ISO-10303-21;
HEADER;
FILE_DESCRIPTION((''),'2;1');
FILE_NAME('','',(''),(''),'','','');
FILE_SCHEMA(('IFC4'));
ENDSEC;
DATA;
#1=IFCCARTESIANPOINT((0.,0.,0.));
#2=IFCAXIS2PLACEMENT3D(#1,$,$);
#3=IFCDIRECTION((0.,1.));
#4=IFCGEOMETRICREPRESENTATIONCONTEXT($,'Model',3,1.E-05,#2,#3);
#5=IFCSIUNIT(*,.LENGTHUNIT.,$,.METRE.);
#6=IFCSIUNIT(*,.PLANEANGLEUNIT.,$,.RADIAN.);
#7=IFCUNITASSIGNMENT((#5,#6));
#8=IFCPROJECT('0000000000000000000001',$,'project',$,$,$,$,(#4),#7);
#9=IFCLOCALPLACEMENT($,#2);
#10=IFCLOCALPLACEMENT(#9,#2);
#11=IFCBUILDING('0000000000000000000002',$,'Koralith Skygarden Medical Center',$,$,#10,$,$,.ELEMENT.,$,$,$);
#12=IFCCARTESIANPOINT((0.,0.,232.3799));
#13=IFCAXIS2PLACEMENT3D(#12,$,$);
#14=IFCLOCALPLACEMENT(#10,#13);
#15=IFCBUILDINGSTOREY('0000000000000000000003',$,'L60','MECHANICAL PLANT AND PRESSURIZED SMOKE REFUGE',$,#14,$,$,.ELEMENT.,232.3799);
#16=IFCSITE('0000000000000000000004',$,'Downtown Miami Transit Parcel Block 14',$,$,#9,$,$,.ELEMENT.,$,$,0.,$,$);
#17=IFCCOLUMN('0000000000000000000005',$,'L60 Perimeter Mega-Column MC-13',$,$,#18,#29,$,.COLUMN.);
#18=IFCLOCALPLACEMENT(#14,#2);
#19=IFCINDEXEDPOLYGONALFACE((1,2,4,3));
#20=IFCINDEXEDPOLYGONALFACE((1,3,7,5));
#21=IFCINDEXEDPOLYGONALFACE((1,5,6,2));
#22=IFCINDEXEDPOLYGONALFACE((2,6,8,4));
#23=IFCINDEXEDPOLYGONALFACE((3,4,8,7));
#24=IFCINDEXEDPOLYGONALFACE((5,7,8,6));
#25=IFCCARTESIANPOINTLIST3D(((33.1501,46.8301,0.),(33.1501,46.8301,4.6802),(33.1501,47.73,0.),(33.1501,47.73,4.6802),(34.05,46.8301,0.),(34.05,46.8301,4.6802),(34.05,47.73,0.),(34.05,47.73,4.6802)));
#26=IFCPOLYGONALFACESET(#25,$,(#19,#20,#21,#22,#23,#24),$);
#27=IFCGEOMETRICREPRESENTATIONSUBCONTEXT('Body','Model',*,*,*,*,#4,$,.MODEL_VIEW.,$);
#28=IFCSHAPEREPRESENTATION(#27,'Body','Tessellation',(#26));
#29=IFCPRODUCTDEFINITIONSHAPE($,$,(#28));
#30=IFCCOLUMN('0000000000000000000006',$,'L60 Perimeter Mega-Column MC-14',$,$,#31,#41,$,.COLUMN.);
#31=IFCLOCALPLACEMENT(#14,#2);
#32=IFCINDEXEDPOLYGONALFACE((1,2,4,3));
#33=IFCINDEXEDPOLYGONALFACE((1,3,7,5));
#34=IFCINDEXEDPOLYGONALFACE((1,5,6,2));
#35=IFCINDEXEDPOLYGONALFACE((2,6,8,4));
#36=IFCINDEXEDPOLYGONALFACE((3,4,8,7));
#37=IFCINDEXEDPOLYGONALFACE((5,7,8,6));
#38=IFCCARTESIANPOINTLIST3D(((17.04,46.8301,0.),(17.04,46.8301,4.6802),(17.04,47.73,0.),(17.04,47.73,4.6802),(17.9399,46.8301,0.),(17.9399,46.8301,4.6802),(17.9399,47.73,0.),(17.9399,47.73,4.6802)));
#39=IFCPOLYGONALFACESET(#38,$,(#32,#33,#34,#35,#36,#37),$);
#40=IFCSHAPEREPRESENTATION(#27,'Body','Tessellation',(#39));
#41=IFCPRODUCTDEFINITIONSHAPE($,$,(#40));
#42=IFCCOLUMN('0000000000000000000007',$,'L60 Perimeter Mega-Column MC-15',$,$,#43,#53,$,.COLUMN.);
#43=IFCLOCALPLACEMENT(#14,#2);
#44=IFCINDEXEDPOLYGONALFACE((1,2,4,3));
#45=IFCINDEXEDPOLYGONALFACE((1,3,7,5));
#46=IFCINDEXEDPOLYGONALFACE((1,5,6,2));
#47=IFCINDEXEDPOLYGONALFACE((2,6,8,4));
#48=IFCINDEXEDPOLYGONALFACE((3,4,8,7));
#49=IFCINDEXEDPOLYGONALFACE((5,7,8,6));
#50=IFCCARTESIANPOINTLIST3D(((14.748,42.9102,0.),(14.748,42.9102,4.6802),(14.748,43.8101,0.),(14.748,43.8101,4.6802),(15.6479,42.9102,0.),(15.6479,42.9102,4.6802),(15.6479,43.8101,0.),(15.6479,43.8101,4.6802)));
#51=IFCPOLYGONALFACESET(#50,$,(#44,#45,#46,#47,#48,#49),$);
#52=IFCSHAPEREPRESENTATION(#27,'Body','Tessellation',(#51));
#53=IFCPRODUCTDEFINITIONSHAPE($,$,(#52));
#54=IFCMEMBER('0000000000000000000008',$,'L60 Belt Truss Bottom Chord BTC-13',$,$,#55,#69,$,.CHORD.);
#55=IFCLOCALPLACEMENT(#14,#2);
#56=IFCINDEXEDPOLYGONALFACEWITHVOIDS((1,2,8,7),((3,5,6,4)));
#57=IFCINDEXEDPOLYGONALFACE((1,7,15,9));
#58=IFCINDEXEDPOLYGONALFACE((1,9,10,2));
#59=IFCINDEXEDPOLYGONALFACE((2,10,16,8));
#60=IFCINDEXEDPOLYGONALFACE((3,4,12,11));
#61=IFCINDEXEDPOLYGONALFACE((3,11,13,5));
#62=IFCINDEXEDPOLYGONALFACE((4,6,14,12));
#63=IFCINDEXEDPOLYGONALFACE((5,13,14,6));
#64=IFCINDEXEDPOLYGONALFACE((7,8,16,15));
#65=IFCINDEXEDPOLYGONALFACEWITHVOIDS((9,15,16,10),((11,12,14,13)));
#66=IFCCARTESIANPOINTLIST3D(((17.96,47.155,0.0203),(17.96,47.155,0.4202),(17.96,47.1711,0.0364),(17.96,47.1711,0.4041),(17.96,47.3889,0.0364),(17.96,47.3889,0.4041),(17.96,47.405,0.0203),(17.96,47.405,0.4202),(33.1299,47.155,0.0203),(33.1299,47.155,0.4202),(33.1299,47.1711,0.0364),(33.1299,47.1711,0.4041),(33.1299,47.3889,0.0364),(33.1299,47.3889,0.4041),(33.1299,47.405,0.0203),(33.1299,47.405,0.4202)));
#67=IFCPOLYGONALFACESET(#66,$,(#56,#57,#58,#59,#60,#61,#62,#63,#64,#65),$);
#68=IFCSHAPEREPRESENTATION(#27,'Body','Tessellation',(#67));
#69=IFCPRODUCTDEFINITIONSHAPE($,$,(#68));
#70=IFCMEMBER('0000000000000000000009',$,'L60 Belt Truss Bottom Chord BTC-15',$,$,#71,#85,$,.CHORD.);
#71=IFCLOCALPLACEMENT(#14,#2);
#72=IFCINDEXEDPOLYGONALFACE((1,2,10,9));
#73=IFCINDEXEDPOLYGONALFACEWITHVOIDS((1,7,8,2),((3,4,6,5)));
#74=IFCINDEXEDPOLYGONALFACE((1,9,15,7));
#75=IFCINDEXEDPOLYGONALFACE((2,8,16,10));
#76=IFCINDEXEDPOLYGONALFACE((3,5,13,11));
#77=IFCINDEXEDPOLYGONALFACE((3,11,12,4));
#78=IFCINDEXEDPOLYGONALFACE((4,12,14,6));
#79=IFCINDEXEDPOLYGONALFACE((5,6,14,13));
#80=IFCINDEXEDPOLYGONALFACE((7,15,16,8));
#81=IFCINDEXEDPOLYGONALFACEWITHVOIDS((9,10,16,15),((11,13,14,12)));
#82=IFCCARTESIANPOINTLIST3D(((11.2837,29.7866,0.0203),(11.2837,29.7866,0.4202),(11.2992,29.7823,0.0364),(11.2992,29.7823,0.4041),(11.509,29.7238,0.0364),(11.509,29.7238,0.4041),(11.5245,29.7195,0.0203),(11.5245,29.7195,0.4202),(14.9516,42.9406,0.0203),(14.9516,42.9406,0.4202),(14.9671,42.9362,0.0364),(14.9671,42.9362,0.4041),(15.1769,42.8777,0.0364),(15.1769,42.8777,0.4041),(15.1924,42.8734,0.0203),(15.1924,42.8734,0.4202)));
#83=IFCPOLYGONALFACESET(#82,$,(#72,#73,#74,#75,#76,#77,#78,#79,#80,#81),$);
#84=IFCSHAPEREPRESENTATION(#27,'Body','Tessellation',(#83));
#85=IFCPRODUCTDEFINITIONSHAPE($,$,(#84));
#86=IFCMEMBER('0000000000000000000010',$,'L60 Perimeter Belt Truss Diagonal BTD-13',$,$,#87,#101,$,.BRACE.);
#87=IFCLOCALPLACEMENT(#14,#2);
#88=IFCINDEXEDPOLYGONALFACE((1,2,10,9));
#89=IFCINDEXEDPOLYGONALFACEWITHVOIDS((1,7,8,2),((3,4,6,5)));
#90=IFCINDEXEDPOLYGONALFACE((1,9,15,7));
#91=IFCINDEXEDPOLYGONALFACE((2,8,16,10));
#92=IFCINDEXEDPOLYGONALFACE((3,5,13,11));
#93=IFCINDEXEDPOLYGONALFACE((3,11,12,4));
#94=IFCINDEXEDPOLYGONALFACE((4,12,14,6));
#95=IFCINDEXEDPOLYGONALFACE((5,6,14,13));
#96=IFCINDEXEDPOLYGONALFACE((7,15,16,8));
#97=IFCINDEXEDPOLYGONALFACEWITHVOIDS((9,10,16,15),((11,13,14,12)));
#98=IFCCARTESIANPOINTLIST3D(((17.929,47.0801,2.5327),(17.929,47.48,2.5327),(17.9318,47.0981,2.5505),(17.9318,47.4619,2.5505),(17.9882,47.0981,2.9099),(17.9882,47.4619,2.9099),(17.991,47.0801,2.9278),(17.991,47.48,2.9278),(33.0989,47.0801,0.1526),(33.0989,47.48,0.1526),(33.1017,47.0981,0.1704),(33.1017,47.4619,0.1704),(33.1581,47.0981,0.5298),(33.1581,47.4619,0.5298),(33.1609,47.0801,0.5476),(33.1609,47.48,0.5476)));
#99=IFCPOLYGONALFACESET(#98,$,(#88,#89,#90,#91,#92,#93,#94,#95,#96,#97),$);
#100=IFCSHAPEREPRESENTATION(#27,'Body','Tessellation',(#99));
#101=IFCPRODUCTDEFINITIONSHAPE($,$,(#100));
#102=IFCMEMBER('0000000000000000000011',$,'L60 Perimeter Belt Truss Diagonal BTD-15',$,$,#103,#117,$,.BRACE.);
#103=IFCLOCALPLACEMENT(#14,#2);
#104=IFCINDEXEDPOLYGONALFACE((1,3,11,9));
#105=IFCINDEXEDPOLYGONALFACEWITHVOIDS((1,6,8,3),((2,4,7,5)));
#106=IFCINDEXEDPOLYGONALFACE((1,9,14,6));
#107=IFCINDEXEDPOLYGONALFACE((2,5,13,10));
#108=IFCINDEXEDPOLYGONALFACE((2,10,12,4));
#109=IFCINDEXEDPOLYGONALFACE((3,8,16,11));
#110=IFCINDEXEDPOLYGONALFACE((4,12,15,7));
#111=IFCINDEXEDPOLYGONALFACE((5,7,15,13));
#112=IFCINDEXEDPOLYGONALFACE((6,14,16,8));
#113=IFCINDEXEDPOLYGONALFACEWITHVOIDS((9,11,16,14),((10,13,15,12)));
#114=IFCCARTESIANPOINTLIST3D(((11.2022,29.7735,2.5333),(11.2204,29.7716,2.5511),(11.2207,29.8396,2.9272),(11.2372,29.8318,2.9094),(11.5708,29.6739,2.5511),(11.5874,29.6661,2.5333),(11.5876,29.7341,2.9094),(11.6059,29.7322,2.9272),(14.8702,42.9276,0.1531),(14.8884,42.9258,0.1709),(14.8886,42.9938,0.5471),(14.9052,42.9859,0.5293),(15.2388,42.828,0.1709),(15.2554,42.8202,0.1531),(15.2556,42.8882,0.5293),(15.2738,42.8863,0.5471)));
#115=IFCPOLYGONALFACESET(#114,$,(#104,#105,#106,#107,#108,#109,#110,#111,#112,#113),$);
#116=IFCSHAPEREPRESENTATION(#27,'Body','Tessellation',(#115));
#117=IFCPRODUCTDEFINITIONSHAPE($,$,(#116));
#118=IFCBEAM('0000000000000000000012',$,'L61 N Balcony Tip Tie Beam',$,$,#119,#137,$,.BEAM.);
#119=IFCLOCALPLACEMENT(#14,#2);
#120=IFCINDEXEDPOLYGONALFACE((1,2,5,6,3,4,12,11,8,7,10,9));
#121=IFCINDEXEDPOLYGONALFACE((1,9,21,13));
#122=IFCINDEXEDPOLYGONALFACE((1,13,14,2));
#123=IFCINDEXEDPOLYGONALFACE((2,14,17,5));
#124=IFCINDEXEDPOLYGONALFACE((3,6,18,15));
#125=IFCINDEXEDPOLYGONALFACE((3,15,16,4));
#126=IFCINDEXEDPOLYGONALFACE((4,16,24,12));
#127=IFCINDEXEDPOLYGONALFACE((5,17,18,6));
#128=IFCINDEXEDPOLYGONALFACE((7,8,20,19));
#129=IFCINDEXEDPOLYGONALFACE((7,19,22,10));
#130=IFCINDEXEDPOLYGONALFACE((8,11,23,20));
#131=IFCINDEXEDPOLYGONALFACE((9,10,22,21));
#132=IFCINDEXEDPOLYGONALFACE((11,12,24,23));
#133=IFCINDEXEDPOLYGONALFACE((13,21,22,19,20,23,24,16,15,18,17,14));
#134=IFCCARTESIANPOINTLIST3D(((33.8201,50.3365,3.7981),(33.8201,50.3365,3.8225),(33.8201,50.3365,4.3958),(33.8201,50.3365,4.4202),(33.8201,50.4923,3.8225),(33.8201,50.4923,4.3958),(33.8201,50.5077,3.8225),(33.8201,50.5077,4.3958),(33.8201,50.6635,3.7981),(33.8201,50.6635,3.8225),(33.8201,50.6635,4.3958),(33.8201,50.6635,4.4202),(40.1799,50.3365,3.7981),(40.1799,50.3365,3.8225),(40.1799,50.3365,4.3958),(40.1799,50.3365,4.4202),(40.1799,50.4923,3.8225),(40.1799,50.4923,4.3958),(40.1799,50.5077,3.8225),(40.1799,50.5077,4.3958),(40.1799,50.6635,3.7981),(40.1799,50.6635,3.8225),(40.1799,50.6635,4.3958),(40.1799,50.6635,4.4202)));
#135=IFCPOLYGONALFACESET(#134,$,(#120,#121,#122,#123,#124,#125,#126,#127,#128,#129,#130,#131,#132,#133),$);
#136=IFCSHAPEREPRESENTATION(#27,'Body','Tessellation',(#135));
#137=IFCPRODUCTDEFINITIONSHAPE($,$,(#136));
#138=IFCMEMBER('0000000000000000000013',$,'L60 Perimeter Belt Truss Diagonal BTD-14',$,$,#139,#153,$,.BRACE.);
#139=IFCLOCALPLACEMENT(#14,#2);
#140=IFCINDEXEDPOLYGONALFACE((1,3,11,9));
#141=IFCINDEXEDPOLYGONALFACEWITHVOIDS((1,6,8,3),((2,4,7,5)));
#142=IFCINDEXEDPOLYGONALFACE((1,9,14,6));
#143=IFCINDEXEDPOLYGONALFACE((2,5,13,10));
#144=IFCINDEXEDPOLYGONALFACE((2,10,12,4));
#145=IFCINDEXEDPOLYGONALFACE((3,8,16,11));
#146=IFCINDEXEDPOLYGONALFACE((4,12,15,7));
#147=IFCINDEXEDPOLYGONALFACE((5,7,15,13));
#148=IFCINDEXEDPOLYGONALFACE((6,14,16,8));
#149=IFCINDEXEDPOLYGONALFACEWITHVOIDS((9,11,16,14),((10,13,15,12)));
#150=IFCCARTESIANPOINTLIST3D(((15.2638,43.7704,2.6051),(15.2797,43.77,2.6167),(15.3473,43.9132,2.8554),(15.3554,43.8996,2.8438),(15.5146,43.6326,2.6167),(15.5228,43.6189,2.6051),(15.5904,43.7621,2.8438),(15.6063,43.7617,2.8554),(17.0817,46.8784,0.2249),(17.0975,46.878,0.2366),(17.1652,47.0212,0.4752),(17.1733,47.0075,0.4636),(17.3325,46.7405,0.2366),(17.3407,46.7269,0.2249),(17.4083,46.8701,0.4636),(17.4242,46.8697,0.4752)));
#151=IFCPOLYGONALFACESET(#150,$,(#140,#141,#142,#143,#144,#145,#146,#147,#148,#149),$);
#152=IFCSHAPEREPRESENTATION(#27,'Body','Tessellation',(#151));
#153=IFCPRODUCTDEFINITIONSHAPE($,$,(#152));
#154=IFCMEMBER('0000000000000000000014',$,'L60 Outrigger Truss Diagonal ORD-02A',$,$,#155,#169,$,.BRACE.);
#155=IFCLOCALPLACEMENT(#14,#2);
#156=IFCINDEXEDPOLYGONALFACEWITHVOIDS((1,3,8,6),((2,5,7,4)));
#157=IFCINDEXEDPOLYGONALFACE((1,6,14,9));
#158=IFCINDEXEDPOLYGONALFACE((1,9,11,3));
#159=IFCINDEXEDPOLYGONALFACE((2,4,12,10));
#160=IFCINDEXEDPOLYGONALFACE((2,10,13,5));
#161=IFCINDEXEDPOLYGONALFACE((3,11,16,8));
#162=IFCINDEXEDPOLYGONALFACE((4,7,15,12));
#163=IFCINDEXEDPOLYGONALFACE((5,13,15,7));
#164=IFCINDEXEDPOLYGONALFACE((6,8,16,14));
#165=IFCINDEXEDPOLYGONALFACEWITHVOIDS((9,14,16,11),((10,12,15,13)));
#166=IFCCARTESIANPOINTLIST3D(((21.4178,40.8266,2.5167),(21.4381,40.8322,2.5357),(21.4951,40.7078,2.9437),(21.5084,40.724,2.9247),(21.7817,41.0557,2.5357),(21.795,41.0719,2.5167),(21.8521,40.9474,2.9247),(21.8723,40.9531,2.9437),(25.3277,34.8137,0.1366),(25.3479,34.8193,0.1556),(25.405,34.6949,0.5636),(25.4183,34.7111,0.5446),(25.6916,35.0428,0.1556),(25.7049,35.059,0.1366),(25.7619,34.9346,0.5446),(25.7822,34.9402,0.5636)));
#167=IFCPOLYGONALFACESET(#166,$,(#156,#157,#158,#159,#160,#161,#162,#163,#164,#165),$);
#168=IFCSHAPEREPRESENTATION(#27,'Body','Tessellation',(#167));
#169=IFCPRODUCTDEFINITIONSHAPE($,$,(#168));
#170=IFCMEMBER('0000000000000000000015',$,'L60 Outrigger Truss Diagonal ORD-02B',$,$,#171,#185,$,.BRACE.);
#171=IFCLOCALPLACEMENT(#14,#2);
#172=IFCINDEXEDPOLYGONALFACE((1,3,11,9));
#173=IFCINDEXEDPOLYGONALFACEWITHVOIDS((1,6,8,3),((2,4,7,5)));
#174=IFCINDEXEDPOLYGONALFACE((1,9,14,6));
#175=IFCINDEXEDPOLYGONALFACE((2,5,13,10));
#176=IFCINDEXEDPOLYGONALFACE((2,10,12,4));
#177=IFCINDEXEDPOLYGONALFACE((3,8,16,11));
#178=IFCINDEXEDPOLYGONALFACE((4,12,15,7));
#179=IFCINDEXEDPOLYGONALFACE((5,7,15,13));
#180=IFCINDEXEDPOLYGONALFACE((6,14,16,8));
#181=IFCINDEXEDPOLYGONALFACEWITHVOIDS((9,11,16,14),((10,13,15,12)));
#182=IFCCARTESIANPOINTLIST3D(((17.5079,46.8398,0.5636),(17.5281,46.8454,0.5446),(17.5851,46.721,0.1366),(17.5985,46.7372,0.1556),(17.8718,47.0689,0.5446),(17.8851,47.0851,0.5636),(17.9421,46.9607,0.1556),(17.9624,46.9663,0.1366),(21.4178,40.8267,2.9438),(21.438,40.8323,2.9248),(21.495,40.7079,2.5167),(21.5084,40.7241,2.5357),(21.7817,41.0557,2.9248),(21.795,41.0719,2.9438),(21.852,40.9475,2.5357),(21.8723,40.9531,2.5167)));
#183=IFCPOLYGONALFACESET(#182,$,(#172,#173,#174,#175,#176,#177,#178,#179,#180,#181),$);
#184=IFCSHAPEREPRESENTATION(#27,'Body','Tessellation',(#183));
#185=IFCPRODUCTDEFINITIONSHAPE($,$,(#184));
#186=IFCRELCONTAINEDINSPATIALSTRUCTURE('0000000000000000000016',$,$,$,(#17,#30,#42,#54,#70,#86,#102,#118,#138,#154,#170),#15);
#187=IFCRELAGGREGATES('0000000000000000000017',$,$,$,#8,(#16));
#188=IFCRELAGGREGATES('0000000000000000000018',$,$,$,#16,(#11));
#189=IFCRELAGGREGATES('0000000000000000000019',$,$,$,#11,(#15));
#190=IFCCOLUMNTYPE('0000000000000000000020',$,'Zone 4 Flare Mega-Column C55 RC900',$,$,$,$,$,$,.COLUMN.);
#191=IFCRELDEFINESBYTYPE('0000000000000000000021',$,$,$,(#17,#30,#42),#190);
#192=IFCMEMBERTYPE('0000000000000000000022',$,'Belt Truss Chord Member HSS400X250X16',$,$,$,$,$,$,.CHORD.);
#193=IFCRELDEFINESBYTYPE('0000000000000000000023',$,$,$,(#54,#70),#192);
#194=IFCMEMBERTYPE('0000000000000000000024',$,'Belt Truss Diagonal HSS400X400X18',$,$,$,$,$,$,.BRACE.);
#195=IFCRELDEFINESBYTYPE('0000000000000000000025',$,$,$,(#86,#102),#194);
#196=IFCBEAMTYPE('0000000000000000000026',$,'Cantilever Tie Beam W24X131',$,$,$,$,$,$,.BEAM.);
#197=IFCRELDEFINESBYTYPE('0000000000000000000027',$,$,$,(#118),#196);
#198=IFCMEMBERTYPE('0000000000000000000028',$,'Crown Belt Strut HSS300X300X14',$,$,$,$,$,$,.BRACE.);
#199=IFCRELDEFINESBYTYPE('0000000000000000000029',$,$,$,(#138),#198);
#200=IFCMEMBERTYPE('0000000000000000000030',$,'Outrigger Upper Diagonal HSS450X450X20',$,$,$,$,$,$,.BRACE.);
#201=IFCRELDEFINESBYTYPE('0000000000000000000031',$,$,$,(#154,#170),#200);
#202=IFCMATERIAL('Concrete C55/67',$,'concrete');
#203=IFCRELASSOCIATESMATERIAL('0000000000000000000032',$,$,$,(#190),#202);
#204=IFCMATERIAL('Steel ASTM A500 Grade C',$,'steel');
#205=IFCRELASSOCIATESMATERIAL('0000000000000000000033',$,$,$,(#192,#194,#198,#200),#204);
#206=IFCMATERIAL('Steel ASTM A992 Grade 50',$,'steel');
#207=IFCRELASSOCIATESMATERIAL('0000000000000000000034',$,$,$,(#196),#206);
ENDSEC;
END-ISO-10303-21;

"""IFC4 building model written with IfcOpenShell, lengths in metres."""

from ifc_helpers import new_model, si_unit, direction, frame, origin, origin_2d, place, context, subcontext, project, spatial, rectangle, hollow_rectangle, i_section, extrude, material, material_profile, profile_set, type_object, element, save


model = new_model("IFC4")

# Units and contexts
model_context = context("Model", 3, precision=1e-05, world=origin(), true_north=direction((0.0, 1.0)))
body_context = subcontext(model_context, "Body", "Model", "MODEL_VIEW")
ifc_project = project(units=[si_unit("LENGTHUNIT", "METRE"), si_unit("PLANEANGLEUNIT", "RADIAN")], contexts=[model_context])

# Site, building, storey
site_placement = place(None, origin())
site = spatial("IfcSite", under=ifc_project, at=site_placement, Name="Downtown Miami Transit Parcel Block 14", CompositionType="ELEMENT", RefElevation=0.0)
building_placement = place(site_placement, origin())
building = spatial("IfcBuilding", under=site, at=building_placement, Name="Koralith Skygarden Medical Center", CompositionType="ELEMENT")
storey_placement = place(building_placement, frame((0.0, 0.0, 232.3799)))
storey = spatial("IfcBuildingStorey", under=building, at=storey_placement, Name="L60", Description="MECHANICAL PLANT AND PRESSURIZED SMOKE REFUGE", CompositionType="ELEMENT", Elevation=232.3799)

# Columns
ifc_material_1 = material(Name="Concrete C55/67", Category="concrete")
ifc_material_profile_1 = material_profile(ifc_material_1, rectangle(XDim=0.8999, YDim=0.8999, at=origin_2d()), Name="RC900X900")
ifc_profile_set_1 = profile_set([ifc_material_profile_1], Name="Concrete C55/67")
column_type = type_object("IfcColumnType", Name="Zone 4 Flare Mega-Column C55 RC900", PredefinedType="COLUMN", material=ifc_profile_set_1)
for number, where, z_axis, x_axis, name in (
    (1, (33.6001, 47.28, 0.0), (0.0, 0.0, 1.0), (1.0, 0.0, 0.0), "L60 Perimeter Mega-Column MC-13"),
    (2, (17.49, 47.28, 0.0), (0.0, 0.0, 1.0), (1.0, 0.0, 0.0), "L60 Perimeter Mega-Column MC-14"),
    (3, (15.198, 43.3601, 0.0), (0.0, 0.0, 1.0), (1.0, 0.0, 0.0), "L60 Perimeter Mega-Column MC-15"),
):
    element("IfcColumn", number, at=place(storey_placement, frame(where, z_axis=z_axis, x_axis=x_axis)), inside=storey, type_object=column_type, Name=name, PredefinedType="COLUMN", context=body_context, shape_type="SweptSolid", body=[
        extrude(rectangle(XDim=0.8999, YDim=0.8999, at=origin_2d()), origin(), (0.0, 0.0, 1.0), 4.6802),
    ])

# Members
ifc_material_2 = material(Name="Steel ASTM A500 Grade C", Category="steel")
ifc_material_profile_2 = material_profile(ifc_material_2, hollow_rectangle(XDim=0.25, YDim=0.3999, WallThickness=0.0161, at=origin_2d()), Name="HSS400X250X16")
ifc_profile_set_2 = profile_set([ifc_material_profile_2], Name="Steel ASTM A500 Grade C")
member_type_1 = type_object("IfcMemberType", Name="Belt Truss Chord Member HSS400X250X16", PredefinedType="CHORD", material=ifc_profile_set_2)
member_1_placement = place(storey_placement, frame((33.1299, 47.28, 0.2202), z_axis=(-1.0, 0.0, 0.0), x_axis=(0.0, -1.0, 0.0)))
element("IfcMember", 4, at=member_1_placement, inside=storey, type_object=member_type_1, Name="L60 Belt Truss Bottom Chord BTC-13", PredefinedType="CHORD", context=body_context, shape_type="SweptSolid", body=[
    extrude(hollow_rectangle(XDim=0.25, YDim=0.3999, WallThickness=0.0161, at=origin_2d()), origin(), (0.0, 0.0, 1.0), 15.1699),
])
member_2_placement = place(storey_placement, frame((15.072, 42.907, 0.2202), z_axis=(-0.2686, -0.963252, 0.0), x_axis=(0.963252, -0.2686, 0.0)))
element("IfcMember", 5, at=member_2_placement, inside=storey, type_object=member_type_1, Name="L60 Belt Truss Bottom Chord BTC-15", PredefinedType="CHORD", context=body_context, shape_type="SweptSolid", body=[
    extrude(hollow_rectangle(XDim=0.25, YDim=0.3999, WallThickness=0.0161, at=origin_2d()), origin(), (0.0, 0.0, 1.0), 13.6558),
])
ifc_material_profile_3 = material_profile(ifc_material_2, hollow_rectangle(XDim=0.3999, YDim=0.3999, WallThickness=0.0181, at=origin_2d()), Name="HSS400X400X18")
ifc_profile_set_3 = profile_set([ifc_material_profile_3], Name="Steel ASTM A500 Grade C")
member_type_2 = type_object("IfcMemberType", Name="Belt Truss Diagonal HSS400X400X18", PredefinedType="BRACE", material=ifc_profile_set_3)
member_3_placement = place(storey_placement, frame((33.1299, 47.28, 0.3501), z_axis=(-0.987914, 0.0, 0.155002), x_axis=(0.0, -1.0, 0.0)))
element("IfcMember", 6, at=member_3_placement, inside=storey, type_object=member_type_2, Name="L60 Perimeter Belt Truss Diagonal BTD-13", PredefinedType="BRACE", context=body_context, shape_type="SweptSolid", body=[
    extrude(hollow_rectangle(XDim=0.3999, YDim=0.3999, WallThickness=0.0181, at=origin_2d()), origin(), (0.0, 0.0, 1.0), 15.3555),
])
member_4_placement = place(storey_placement, frame((15.072, 42.907, 0.3501), z_axis=(-0.264611, -0.948946, 0.171705), x_axis=(0.963252, -0.2686, 0.0)))
element("IfcMember", 7, at=member_4_placement, inside=storey, type_object=member_type_2, Name="L60 Perimeter Belt Truss Diagonal BTD-15", PredefinedType="BRACE", context=body_context, shape_type="SweptSolid", body=[
    extrude(hollow_rectangle(XDim=0.3999, YDim=0.3999, WallThickness=0.0181, at=origin_2d()), origin(), (0.0, 0.0, 1.0), 13.8618),
])

# Beam
ifc_material_3 = material(Name="Steel ASTM A992 Grade 50", Category="steel")
ifc_material_profile_4 = material_profile(ifc_material_3, i_section(OverallWidth=0.3269, OverallDepth=0.6221, WebThickness=0.0154, FlangeThickness=0.0244, at=origin_2d()), Name="W24X131")
ifc_profile_set_4 = profile_set([ifc_material_profile_4], Name="Steel ASTM A992 Grade 50")
beam_type_1 = type_object("IfcBeamType", Name="Cantilever Tie Beam W24X131", PredefinedType="BEAM", material=ifc_profile_set_4)
beam_1_placement = place(storey_placement, frame((33.8201, 50.5, 4.1091), z_axis=(1.0, 0.0, 0.0), x_axis=(0.0, 1.0, 0.0)))
element("IfcBeam", 8, at=beam_1_placement, inside=storey, type_object=beam_type_1, Name="L61 N Balcony Tip Tie Beam", PredefinedType="BEAM", context=body_context, shape_type="SweptSolid", body=[
    extrude(i_section(OverallWidth=0.3269, OverallDepth=0.6221, WebThickness=0.0154, FlangeThickness=0.0244, at=origin_2d()), origin(), (0.0, 0.0, 1.0), 6.3599),
])

# Members
ifc_material_profile_5 = material_profile(ifc_material_2, hollow_rectangle(XDim=0.3, YDim=0.3, WallThickness=0.0139, at=origin_2d()), Name="HSS300X300X14")
ifc_profile_set_5 = profile_set([ifc_material_profile_5], Name="Steel ASTM A500 Grade C")
member_type_3 = type_object("IfcMemberType", Name="Crown Belt Strut HSS300X300X14", PredefinedType="BRACE", material=ifc_profile_set_5)
member_5_placement = place(storey_placement, frame((17.2529, 46.874, 0.3501), z_axis=(-0.421183, -0.720073, 0.551452), x_axis=(0.863183, -0.504891, 0.0)))
element("IfcMember", 9, at=member_5_placement, inside=storey, type_object=member_type_3, Name="L60 Perimeter Belt Truss Diagonal BTD-14", PredefinedType="BRACE", context=body_context, shape_type="SweptSolid", body=[
    extrude(hollow_rectangle(XDim=0.3, YDim=0.3, WallThickness=0.0139, at=origin_2d()), origin(), (0.0, 0.0, 1.0), 4.3162),
])
ifc_material_profile_6 = material_profile(ifc_material_2, hollow_rectangle(XDim=0.45, YDim=0.45, WallThickness=0.02, at=origin_2d()), Name="HSS450X450X20")
ifc_profile_set_6 = profile_set([ifc_material_profile_6], Name="Steel ASTM A500 Grade C")
member_type_4 = type_object("IfcMemberType", Name="Outrigger Upper Diagonal HSS450X450X20", PredefinedType="BRACE", material=ifc_profile_set_6)
member_6_placement = place(storey_placement, frame((25.5549, 34.877, 0.3501), z_axis=(-0.517391, 0.795681, 0.314958), x_axis=(-0.838348, -0.545136, 0.0)))
element("IfcMember", 10, at=member_6_placement, inside=storey, type_object=member_type_4, Name="L60 Outrigger Truss Diagonal ORD-02A", PredefinedType="BRACE", context=body_context, shape_type="SweptSolid", body=[
    extrude(hollow_rectangle(XDim=0.45, YDim=0.45, WallThickness=0.02, at=origin_2d()), origin(), (0.0, 0.0, 1.0), 7.5569),
])
member_7_placement = place(storey_placement, frame((21.645, 40.8899, 2.7302), z_axis=(-0.517378, 0.795693, -0.31495), x_axis=(-0.838358, -0.54512, 0.0)))
element("IfcMember", 11, at=member_7_placement, inside=storey, type_object=member_type_4, Name="L60 Outrigger Truss Diagonal ORD-02B", PredefinedType="BRACE", context=body_context, shape_type="SweptSolid", body=[
    extrude(hollow_rectangle(XDim=0.45, YDim=0.45, WallThickness=0.02, at=origin_2d()), origin(), (0.0, 0.0, 1.0), 7.5571),
])

save(model, "model.ifc")
